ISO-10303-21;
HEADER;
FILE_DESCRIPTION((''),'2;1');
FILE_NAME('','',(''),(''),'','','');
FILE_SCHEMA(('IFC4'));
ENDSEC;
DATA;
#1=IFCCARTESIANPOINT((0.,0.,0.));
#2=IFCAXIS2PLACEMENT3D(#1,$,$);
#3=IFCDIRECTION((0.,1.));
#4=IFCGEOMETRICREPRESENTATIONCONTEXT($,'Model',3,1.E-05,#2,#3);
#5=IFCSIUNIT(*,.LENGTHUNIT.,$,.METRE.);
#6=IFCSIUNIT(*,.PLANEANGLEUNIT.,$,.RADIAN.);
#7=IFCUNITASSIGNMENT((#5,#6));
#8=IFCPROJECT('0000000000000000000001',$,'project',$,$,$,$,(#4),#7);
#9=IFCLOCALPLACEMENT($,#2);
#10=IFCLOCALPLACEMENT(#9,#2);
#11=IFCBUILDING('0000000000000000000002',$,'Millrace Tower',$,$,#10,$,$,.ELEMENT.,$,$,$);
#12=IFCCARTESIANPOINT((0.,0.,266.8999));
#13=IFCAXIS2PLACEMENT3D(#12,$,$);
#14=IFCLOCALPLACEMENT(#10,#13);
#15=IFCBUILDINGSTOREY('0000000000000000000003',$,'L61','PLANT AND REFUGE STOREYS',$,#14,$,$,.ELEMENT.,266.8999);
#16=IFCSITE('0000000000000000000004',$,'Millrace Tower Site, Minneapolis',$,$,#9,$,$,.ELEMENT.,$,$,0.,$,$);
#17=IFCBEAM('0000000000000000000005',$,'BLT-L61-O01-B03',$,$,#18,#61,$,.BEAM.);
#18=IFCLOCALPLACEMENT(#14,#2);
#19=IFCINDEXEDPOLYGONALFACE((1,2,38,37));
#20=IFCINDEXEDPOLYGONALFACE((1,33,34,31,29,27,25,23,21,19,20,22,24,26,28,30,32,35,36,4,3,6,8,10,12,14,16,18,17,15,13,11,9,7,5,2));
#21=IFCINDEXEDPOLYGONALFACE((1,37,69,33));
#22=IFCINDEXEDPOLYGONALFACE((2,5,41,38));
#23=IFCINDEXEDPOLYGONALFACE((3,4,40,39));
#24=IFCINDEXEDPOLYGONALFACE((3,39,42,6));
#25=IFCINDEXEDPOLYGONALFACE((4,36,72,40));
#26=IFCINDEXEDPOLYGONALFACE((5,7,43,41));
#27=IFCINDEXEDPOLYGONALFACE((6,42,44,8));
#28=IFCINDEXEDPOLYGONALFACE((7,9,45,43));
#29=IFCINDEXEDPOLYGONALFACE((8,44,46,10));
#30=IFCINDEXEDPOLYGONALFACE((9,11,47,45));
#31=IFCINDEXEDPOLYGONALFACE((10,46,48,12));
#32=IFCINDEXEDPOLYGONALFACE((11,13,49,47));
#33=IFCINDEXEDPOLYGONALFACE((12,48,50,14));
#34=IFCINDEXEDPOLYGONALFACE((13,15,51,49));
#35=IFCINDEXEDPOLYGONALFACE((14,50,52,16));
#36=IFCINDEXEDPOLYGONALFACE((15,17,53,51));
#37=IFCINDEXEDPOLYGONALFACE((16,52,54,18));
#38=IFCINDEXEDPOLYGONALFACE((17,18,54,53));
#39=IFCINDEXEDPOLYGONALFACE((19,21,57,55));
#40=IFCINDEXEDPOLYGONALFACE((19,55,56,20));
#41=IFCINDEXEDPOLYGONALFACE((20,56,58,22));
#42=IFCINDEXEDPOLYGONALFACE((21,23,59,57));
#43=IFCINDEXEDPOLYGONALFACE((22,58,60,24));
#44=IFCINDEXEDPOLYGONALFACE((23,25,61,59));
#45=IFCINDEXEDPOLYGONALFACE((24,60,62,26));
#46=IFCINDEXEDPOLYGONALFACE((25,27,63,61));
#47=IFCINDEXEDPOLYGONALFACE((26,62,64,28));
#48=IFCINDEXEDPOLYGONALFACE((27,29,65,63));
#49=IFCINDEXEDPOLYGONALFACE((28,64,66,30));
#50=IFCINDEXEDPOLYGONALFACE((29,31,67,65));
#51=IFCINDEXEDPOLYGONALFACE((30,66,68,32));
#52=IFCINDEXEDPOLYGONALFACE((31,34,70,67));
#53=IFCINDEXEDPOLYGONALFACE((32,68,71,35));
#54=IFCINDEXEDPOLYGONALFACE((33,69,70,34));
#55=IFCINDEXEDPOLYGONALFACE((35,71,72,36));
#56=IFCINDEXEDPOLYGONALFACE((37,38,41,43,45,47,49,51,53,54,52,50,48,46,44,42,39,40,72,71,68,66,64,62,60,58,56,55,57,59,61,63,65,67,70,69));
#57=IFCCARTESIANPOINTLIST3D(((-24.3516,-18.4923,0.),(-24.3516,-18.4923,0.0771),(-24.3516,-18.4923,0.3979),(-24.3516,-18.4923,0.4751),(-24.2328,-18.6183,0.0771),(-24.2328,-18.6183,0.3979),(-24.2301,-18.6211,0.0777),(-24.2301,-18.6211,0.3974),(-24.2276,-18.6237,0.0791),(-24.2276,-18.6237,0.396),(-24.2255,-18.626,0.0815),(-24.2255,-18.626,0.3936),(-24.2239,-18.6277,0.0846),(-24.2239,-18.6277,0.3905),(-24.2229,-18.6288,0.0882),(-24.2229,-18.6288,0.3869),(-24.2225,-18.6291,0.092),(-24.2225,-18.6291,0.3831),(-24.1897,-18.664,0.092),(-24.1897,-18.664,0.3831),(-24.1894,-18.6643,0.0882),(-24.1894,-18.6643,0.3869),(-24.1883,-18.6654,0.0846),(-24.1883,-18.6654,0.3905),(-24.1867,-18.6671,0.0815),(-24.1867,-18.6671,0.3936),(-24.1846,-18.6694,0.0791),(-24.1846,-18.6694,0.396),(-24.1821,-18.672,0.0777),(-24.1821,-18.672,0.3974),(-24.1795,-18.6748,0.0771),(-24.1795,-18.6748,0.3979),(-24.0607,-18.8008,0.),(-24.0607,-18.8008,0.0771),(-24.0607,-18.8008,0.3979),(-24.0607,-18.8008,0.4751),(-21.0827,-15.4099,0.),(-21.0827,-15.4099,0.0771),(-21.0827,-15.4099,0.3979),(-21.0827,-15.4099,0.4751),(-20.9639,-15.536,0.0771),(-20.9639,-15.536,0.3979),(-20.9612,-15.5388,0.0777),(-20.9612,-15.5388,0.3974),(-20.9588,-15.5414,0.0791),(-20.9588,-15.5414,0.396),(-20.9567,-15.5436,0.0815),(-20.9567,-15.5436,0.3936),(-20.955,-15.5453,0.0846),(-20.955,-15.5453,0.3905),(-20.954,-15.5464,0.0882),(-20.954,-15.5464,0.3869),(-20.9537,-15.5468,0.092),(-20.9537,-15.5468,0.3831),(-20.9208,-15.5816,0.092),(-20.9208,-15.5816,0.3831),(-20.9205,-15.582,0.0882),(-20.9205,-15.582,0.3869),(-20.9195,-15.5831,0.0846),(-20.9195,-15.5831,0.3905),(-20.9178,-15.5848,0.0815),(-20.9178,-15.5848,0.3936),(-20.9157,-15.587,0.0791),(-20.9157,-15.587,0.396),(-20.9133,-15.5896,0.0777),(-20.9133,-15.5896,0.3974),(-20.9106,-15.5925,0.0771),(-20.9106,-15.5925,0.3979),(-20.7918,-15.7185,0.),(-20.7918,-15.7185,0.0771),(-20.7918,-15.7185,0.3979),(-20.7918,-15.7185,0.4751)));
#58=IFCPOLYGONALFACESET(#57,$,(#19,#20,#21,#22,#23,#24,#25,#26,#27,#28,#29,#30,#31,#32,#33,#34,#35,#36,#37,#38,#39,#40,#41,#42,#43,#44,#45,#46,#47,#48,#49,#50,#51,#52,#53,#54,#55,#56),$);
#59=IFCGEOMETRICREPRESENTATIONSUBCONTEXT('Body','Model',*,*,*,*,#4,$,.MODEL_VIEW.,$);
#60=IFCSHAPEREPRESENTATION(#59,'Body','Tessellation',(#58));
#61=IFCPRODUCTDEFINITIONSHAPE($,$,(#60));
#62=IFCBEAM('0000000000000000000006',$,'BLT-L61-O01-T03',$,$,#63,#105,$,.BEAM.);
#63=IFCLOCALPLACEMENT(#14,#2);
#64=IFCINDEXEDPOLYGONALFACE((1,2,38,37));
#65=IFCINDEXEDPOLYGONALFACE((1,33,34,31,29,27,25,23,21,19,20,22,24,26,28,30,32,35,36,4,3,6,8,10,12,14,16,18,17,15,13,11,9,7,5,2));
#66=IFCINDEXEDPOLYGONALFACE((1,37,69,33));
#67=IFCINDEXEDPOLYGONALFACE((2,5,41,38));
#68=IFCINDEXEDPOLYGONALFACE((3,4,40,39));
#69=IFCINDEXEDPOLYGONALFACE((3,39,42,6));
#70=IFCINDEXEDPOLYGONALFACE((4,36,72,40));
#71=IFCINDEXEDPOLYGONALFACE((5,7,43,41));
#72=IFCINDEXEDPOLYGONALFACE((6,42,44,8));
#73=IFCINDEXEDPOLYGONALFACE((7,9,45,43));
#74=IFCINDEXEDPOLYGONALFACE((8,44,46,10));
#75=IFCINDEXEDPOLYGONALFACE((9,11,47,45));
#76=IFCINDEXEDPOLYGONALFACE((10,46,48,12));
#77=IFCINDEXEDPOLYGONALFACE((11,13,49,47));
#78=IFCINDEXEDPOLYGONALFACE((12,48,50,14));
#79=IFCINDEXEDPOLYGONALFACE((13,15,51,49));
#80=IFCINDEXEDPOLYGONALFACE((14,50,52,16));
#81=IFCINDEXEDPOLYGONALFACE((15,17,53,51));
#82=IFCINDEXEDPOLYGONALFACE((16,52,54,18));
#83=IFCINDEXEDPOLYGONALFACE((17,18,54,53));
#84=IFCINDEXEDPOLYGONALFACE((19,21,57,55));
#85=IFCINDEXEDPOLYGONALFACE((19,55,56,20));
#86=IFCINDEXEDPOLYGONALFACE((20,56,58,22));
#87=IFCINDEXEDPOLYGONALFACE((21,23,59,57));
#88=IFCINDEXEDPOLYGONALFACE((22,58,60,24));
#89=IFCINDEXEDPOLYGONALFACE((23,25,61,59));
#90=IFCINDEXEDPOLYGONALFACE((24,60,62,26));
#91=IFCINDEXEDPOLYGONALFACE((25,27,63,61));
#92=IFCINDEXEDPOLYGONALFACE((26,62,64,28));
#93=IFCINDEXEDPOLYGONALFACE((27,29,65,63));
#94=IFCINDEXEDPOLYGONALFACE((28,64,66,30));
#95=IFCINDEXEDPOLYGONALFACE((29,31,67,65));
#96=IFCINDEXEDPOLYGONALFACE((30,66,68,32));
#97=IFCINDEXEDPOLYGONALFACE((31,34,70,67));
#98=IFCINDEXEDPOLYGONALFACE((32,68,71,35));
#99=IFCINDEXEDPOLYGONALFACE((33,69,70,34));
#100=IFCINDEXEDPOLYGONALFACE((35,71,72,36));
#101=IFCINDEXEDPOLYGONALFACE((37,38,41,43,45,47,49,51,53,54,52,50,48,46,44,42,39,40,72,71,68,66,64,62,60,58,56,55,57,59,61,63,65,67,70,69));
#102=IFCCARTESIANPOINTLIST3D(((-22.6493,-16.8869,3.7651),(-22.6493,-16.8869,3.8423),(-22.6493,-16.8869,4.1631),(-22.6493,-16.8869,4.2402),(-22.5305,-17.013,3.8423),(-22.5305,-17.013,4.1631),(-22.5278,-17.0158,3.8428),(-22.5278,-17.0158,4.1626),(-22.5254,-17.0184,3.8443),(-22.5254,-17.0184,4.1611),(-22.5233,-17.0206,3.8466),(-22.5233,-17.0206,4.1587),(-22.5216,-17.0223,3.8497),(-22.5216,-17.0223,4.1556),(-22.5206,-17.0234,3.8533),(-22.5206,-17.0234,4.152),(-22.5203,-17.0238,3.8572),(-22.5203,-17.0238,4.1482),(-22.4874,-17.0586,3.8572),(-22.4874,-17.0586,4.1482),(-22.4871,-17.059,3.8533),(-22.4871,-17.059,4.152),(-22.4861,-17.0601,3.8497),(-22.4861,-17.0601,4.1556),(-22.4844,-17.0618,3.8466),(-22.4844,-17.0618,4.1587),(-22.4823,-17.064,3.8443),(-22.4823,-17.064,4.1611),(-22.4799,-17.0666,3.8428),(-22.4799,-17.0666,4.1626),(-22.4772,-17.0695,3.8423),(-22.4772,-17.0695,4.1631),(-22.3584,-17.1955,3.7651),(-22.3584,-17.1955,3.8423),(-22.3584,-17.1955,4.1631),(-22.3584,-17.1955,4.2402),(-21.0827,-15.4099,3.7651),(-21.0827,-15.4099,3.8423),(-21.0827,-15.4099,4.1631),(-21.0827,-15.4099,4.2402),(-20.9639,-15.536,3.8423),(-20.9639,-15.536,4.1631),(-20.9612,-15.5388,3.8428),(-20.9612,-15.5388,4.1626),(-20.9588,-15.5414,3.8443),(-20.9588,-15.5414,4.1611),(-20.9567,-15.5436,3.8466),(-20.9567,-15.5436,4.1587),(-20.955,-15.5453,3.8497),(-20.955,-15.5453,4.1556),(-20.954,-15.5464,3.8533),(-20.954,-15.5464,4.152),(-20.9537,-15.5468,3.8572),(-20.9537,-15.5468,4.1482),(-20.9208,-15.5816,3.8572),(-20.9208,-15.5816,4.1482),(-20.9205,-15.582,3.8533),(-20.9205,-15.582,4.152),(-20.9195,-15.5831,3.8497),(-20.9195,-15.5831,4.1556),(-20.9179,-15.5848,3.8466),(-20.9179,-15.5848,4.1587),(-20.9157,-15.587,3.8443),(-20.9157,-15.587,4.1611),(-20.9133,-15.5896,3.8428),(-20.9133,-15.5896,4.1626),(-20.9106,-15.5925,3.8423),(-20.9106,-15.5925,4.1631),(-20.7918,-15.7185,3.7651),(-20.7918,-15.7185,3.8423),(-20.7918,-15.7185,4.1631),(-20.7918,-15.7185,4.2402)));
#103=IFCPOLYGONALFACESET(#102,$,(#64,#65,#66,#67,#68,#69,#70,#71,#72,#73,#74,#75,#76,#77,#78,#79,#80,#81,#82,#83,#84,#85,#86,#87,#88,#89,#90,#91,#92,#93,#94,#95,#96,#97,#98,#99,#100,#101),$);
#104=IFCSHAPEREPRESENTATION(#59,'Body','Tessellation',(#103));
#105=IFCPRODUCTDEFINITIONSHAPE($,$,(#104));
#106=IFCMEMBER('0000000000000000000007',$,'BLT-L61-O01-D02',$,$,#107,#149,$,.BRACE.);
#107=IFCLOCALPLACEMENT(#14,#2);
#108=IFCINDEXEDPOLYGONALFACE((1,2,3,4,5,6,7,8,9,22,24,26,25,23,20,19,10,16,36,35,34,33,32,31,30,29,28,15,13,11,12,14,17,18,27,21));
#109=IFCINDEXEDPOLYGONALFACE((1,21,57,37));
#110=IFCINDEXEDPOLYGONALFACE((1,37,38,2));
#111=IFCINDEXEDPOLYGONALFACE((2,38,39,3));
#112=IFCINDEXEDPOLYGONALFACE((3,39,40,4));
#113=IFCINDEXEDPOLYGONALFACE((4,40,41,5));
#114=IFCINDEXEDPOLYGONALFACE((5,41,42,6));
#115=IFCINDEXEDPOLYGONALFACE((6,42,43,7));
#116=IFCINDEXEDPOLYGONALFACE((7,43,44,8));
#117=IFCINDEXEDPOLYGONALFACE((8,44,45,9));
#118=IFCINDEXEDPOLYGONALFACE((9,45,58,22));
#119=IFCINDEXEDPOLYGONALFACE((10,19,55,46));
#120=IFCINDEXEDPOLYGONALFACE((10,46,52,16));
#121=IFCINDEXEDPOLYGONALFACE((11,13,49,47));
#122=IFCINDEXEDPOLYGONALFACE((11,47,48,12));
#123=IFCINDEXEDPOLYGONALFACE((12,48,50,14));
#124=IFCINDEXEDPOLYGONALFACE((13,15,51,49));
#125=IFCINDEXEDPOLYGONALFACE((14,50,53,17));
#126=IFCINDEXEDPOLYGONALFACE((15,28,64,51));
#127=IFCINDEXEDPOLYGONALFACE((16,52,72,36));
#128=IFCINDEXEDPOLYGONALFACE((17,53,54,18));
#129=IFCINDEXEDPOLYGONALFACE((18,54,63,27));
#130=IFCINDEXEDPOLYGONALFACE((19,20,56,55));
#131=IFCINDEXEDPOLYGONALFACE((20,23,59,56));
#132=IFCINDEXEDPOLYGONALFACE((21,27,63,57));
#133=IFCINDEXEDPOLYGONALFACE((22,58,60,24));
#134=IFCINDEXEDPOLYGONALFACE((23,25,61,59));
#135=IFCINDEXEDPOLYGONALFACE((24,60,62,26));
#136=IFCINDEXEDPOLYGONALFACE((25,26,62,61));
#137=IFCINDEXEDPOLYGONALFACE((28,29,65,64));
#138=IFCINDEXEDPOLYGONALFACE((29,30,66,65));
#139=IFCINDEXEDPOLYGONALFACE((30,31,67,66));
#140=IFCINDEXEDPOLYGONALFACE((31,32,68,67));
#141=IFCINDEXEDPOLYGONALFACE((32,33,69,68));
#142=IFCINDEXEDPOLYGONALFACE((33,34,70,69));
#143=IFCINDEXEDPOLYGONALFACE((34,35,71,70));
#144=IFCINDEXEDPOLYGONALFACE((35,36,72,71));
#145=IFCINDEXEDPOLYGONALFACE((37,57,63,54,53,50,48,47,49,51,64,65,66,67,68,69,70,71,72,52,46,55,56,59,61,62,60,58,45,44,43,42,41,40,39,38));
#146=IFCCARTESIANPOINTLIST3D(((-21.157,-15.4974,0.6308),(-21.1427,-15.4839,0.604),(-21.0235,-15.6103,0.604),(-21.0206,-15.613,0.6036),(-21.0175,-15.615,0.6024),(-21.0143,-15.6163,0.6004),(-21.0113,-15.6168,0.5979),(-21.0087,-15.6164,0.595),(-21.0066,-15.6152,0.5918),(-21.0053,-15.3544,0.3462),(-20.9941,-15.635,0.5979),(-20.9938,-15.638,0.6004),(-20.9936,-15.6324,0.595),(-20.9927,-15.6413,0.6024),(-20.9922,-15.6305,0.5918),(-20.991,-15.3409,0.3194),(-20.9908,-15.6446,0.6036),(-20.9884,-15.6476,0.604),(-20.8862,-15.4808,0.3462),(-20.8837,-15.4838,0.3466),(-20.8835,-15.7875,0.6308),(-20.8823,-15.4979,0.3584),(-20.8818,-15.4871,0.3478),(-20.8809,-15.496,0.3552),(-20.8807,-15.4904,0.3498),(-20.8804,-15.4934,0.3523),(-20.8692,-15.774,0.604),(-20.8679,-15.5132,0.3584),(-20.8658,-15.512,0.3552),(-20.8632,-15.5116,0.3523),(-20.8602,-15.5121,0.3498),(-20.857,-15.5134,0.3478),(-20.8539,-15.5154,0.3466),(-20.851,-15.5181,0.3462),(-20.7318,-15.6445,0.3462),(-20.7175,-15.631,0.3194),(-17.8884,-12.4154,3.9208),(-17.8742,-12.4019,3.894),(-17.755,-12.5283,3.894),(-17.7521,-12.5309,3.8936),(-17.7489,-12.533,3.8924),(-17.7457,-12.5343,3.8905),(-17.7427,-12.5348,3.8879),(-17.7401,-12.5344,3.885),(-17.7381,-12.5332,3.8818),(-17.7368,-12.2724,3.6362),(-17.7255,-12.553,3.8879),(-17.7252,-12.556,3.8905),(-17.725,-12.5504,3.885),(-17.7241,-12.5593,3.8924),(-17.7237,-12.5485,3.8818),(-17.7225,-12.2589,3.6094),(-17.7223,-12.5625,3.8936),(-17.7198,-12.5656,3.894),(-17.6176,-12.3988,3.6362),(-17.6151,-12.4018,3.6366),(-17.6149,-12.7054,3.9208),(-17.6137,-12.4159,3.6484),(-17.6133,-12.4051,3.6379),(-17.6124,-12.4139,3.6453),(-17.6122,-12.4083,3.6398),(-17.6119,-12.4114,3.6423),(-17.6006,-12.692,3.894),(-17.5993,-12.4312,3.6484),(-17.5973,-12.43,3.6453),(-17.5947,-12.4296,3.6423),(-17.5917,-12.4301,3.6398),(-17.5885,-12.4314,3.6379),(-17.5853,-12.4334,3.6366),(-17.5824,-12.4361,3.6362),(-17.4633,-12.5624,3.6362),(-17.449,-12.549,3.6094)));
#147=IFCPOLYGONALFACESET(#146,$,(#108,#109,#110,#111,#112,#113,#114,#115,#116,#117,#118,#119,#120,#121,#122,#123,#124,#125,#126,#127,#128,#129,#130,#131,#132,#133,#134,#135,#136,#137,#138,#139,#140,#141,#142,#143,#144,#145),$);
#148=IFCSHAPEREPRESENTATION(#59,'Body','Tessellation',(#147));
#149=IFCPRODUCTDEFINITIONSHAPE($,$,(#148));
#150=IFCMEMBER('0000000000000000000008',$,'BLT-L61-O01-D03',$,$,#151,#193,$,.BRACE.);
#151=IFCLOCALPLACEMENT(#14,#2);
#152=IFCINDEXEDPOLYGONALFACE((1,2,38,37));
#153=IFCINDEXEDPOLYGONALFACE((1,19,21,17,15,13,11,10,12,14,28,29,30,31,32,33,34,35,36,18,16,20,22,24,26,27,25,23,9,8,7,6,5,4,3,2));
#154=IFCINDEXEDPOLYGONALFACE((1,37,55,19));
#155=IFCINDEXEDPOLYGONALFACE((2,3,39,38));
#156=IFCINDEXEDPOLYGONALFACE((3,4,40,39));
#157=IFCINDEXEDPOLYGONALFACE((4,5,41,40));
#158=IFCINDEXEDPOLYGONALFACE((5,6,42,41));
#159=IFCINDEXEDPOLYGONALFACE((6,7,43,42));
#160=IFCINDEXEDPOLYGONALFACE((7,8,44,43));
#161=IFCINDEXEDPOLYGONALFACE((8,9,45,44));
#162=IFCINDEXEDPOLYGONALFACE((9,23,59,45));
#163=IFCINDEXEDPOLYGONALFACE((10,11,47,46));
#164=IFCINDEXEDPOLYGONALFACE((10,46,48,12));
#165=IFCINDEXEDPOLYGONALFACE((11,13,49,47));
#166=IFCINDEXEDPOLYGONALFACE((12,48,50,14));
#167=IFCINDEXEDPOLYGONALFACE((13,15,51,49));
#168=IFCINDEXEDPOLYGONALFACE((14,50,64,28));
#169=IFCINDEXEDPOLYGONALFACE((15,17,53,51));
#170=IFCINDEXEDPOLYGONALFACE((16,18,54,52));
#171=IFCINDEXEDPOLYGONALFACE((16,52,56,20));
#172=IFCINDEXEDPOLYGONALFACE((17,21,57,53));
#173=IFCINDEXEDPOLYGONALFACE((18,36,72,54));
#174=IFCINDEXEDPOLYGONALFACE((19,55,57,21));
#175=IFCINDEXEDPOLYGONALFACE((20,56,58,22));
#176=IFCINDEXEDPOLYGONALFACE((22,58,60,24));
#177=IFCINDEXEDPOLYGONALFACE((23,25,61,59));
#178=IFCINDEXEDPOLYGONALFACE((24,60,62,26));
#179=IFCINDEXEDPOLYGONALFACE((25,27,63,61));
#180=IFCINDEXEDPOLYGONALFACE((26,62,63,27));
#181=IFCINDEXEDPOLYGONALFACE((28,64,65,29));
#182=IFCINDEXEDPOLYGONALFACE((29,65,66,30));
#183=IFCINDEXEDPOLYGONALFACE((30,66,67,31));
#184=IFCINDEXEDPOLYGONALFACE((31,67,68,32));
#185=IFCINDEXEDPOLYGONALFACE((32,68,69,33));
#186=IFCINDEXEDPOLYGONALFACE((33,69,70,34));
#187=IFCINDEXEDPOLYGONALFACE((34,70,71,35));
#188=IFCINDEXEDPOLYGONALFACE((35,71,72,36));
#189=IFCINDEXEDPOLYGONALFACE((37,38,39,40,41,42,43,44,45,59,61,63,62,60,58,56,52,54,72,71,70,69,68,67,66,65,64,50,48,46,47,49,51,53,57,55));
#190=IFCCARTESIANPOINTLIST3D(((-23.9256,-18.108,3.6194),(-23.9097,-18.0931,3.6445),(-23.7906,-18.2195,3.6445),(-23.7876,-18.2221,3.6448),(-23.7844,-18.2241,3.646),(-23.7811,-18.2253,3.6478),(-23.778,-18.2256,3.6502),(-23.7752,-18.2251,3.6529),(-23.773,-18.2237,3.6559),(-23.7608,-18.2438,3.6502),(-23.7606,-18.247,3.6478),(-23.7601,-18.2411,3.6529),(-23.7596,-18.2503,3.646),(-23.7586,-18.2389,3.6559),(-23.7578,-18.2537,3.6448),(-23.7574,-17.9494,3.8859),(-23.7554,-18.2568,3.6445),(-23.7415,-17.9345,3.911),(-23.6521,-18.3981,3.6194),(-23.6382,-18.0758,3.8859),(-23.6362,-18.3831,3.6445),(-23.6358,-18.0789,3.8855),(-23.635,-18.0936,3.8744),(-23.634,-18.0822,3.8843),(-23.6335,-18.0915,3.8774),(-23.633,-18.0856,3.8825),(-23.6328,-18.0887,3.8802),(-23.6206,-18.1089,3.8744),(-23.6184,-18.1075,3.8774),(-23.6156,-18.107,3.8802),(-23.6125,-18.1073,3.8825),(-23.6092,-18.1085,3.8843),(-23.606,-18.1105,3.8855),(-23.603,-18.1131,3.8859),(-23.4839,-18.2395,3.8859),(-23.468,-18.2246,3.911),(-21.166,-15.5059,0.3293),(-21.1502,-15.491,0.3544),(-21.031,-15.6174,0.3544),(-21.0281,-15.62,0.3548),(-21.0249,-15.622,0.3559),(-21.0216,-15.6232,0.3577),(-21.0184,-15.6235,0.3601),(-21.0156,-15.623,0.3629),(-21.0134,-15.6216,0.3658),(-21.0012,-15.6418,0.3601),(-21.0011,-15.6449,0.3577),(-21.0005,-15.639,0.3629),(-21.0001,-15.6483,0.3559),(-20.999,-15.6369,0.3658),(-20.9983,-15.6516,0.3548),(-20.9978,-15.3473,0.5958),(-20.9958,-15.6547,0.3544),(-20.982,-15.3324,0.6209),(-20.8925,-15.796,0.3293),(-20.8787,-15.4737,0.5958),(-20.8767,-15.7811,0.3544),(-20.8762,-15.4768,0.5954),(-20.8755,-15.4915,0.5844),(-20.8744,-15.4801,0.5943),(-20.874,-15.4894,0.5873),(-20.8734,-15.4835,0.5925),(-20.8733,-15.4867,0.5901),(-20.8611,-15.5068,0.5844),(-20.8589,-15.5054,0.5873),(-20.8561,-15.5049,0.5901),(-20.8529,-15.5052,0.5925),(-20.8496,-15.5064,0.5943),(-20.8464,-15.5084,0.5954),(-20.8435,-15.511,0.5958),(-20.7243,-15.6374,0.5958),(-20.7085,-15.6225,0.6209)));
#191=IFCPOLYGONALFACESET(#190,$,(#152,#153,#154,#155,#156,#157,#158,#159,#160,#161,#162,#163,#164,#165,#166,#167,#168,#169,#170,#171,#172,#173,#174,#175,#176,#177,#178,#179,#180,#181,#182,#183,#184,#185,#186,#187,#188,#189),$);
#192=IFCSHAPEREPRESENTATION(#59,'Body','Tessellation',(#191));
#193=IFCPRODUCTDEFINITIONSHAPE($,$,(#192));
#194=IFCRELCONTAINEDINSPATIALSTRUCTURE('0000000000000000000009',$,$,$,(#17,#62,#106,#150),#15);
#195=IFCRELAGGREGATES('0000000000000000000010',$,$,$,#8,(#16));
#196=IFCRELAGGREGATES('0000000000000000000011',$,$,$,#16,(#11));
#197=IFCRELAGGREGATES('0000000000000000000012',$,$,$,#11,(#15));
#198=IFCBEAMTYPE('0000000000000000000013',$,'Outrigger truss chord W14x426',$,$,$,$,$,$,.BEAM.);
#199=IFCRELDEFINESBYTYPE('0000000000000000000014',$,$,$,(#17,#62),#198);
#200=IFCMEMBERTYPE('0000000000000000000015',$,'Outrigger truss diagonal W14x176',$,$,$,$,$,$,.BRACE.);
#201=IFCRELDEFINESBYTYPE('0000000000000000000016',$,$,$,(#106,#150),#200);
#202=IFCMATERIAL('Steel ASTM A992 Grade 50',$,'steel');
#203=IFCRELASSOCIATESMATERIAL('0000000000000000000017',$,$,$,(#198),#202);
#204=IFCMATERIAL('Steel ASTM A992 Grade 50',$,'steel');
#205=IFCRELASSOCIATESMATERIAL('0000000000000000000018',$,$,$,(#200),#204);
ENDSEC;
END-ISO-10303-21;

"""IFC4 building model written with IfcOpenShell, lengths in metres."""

from ifc_helpers import new_model, si_unit, direction, frame, origin, origin_2d, place, context, subcontext, project, spatial, i_section, extrude, material, material_profile, profile_set, type_object, element, save


model = new_model("IFC4")

# Units and contexts
model_context = context("Model", 3, precision=1e-05, world=origin(), true_north=direction((0.0, 1.0)))
body_context = subcontext(model_context, "Body", "Model", "MODEL_VIEW")
ifc_project = project(units=[si_unit("LENGTHUNIT", "METRE"), si_unit("PLANEANGLEUNIT", "RADIAN")], contexts=[model_context])

# Site, building, storey
site_placement = place(None, origin())
site = spatial("IfcSite", under=ifc_project, at=site_placement, Name="Millrace Tower Site, Minneapolis", CompositionType="ELEMENT", RefElevation=0.0)
building_placement = place(site_placement, origin())
building = spatial("IfcBuilding", under=site, at=building_placement, Name="Millrace Tower", CompositionType="ELEMENT")
storey_placement = place(building_placement, frame((0.0, 0.0, 266.8999)))
storey = spatial("IfcBuildingStorey", under=building, at=storey_placement, Name="L61", Description="PLANT AND REFUGE STOREYS", CompositionType="ELEMENT", Elevation=266.8999)

# Beams
ifc_material_1 = material(Name="Steel ASTM A992 Grade 50", Category="steel")
ifc_material_profile_1 = material_profile(ifc_material_1, i_section(OverallWidth=0.4241, OverallDepth=0.4751, WebThickness=0.0479, FlangeThickness=0.0771, FilletRadius=0.0149, at=origin_2d()))
ifc_profile_set_1 = profile_set([ifc_material_profile_1], Name="Steel ASTM A992 Grade 50")
beam_type_1 = type_object("IfcBeamType", Name="Outrigger truss chord W14x426", PredefinedType="BEAM", material=ifc_profile_set_1)
beam_1_placement = place(storey_placement, frame((-20.9373, -15.5642, 0.2375), z_axis=(-0.72756, -0.686044, 0.0), x_axis=(0.686044, -0.72756, 0.0)))
element("IfcBeam", 1, at=beam_1_placement, inside=storey, type_object=beam_type_1, Name="BLT-L61-O01-B03", PredefinedType="BEAM", context=body_context, shape_type="SweptSolid", body=[
    extrude(i_section(OverallWidth=0.4241, OverallDepth=0.4751, WebThickness=0.0479, FlangeThickness=0.0771, FilletRadius=0.0149, at=origin_2d()), origin(), (0.0, 0.0, 1.0), 4.4929),
])
beam_2_placement = place(storey_placement, frame((-20.9373, -15.5642, 4.0027), z_axis=(-0.727607, -0.685994, 0.0), x_axis=(0.685994, -0.727607, 0.0)))
element("IfcBeam", 2, at=beam_2_placement, inside=storey, type_object=beam_type_1, Name="BLT-L61-O01-T03", PredefinedType="BEAM", context=body_context, shape_type="SweptSolid", body=[
    extrude(i_section(OverallWidth=0.4241, OverallDepth=0.4751, WebThickness=0.0479, FlangeThickness=0.0771, FilletRadius=0.0149, at=origin_2d()), origin(), (0.0, 0.0, 1.0), 2.1531),
])

# Members
ifc_material_2 = material(Name="Steel ASTM A992 Grade 50", Category="steel")
ifc_material_profile_2 = material_profile(ifc_material_2, i_section(OverallWidth=0.3987, OverallDepth=0.386, WebThickness=0.021, FlangeThickness=0.0332, FilletRadius=0.0151, at=origin_2d()))
ifc_profile_set_2 = profile_set([ifc_material_profile_2], Name="Steel ASTM A992 Grade 50")
member_type_1 = type_object("IfcMemberType", Name="Outrigger truss diagonal W14x176", PredefinedType="BRACE", material=ifc_profile_set_2)
member_1_placement = place(storey_placement, frame((-20.9373, -15.5642, 0.4751), z_axis=(0.586986, 0.553489, 0.590844), x_axis=(-0.686042, 0.727562, 0.0)))
element("IfcMember", 3, at=member_1_placement, inside=storey, type_object=member_type_1, Name="BLT-L61-O01-D02", PredefinedType="BRACE", context=body_context, shape_type="SweptSolid", body=[
    extrude(i_section(OverallWidth=0.3987, OverallDepth=0.386, WebThickness=0.021, FlangeThickness=0.0332, FilletRadius=0.0151, at=origin_2d()), origin(), (0.0, 0.0, 1.0), 5.5684),
])
member_2_placement = place(storey_placement, frame((-20.9373, -15.5642, 0.4751), z_axis=(-0.549601, -0.518238, 0.655262), x_axis=(0.686043, -0.727561, 0.0)))
element("IfcMember", 4, at=member_2_placement, inside=storey, type_object=member_type_1, Name="BLT-L61-O01-D03", PredefinedType="BRACE", context=body_context, shape_type="SweptSolid", body=[
    extrude(i_section(OverallWidth=0.3987, OverallDepth=0.386, WebThickness=0.021, FlangeThickness=0.0332, FilletRadius=0.0151, at=origin_2d()), origin(), (0.0, 0.0, 1.0), 5.021),
])

save(model, "model.ifc")
